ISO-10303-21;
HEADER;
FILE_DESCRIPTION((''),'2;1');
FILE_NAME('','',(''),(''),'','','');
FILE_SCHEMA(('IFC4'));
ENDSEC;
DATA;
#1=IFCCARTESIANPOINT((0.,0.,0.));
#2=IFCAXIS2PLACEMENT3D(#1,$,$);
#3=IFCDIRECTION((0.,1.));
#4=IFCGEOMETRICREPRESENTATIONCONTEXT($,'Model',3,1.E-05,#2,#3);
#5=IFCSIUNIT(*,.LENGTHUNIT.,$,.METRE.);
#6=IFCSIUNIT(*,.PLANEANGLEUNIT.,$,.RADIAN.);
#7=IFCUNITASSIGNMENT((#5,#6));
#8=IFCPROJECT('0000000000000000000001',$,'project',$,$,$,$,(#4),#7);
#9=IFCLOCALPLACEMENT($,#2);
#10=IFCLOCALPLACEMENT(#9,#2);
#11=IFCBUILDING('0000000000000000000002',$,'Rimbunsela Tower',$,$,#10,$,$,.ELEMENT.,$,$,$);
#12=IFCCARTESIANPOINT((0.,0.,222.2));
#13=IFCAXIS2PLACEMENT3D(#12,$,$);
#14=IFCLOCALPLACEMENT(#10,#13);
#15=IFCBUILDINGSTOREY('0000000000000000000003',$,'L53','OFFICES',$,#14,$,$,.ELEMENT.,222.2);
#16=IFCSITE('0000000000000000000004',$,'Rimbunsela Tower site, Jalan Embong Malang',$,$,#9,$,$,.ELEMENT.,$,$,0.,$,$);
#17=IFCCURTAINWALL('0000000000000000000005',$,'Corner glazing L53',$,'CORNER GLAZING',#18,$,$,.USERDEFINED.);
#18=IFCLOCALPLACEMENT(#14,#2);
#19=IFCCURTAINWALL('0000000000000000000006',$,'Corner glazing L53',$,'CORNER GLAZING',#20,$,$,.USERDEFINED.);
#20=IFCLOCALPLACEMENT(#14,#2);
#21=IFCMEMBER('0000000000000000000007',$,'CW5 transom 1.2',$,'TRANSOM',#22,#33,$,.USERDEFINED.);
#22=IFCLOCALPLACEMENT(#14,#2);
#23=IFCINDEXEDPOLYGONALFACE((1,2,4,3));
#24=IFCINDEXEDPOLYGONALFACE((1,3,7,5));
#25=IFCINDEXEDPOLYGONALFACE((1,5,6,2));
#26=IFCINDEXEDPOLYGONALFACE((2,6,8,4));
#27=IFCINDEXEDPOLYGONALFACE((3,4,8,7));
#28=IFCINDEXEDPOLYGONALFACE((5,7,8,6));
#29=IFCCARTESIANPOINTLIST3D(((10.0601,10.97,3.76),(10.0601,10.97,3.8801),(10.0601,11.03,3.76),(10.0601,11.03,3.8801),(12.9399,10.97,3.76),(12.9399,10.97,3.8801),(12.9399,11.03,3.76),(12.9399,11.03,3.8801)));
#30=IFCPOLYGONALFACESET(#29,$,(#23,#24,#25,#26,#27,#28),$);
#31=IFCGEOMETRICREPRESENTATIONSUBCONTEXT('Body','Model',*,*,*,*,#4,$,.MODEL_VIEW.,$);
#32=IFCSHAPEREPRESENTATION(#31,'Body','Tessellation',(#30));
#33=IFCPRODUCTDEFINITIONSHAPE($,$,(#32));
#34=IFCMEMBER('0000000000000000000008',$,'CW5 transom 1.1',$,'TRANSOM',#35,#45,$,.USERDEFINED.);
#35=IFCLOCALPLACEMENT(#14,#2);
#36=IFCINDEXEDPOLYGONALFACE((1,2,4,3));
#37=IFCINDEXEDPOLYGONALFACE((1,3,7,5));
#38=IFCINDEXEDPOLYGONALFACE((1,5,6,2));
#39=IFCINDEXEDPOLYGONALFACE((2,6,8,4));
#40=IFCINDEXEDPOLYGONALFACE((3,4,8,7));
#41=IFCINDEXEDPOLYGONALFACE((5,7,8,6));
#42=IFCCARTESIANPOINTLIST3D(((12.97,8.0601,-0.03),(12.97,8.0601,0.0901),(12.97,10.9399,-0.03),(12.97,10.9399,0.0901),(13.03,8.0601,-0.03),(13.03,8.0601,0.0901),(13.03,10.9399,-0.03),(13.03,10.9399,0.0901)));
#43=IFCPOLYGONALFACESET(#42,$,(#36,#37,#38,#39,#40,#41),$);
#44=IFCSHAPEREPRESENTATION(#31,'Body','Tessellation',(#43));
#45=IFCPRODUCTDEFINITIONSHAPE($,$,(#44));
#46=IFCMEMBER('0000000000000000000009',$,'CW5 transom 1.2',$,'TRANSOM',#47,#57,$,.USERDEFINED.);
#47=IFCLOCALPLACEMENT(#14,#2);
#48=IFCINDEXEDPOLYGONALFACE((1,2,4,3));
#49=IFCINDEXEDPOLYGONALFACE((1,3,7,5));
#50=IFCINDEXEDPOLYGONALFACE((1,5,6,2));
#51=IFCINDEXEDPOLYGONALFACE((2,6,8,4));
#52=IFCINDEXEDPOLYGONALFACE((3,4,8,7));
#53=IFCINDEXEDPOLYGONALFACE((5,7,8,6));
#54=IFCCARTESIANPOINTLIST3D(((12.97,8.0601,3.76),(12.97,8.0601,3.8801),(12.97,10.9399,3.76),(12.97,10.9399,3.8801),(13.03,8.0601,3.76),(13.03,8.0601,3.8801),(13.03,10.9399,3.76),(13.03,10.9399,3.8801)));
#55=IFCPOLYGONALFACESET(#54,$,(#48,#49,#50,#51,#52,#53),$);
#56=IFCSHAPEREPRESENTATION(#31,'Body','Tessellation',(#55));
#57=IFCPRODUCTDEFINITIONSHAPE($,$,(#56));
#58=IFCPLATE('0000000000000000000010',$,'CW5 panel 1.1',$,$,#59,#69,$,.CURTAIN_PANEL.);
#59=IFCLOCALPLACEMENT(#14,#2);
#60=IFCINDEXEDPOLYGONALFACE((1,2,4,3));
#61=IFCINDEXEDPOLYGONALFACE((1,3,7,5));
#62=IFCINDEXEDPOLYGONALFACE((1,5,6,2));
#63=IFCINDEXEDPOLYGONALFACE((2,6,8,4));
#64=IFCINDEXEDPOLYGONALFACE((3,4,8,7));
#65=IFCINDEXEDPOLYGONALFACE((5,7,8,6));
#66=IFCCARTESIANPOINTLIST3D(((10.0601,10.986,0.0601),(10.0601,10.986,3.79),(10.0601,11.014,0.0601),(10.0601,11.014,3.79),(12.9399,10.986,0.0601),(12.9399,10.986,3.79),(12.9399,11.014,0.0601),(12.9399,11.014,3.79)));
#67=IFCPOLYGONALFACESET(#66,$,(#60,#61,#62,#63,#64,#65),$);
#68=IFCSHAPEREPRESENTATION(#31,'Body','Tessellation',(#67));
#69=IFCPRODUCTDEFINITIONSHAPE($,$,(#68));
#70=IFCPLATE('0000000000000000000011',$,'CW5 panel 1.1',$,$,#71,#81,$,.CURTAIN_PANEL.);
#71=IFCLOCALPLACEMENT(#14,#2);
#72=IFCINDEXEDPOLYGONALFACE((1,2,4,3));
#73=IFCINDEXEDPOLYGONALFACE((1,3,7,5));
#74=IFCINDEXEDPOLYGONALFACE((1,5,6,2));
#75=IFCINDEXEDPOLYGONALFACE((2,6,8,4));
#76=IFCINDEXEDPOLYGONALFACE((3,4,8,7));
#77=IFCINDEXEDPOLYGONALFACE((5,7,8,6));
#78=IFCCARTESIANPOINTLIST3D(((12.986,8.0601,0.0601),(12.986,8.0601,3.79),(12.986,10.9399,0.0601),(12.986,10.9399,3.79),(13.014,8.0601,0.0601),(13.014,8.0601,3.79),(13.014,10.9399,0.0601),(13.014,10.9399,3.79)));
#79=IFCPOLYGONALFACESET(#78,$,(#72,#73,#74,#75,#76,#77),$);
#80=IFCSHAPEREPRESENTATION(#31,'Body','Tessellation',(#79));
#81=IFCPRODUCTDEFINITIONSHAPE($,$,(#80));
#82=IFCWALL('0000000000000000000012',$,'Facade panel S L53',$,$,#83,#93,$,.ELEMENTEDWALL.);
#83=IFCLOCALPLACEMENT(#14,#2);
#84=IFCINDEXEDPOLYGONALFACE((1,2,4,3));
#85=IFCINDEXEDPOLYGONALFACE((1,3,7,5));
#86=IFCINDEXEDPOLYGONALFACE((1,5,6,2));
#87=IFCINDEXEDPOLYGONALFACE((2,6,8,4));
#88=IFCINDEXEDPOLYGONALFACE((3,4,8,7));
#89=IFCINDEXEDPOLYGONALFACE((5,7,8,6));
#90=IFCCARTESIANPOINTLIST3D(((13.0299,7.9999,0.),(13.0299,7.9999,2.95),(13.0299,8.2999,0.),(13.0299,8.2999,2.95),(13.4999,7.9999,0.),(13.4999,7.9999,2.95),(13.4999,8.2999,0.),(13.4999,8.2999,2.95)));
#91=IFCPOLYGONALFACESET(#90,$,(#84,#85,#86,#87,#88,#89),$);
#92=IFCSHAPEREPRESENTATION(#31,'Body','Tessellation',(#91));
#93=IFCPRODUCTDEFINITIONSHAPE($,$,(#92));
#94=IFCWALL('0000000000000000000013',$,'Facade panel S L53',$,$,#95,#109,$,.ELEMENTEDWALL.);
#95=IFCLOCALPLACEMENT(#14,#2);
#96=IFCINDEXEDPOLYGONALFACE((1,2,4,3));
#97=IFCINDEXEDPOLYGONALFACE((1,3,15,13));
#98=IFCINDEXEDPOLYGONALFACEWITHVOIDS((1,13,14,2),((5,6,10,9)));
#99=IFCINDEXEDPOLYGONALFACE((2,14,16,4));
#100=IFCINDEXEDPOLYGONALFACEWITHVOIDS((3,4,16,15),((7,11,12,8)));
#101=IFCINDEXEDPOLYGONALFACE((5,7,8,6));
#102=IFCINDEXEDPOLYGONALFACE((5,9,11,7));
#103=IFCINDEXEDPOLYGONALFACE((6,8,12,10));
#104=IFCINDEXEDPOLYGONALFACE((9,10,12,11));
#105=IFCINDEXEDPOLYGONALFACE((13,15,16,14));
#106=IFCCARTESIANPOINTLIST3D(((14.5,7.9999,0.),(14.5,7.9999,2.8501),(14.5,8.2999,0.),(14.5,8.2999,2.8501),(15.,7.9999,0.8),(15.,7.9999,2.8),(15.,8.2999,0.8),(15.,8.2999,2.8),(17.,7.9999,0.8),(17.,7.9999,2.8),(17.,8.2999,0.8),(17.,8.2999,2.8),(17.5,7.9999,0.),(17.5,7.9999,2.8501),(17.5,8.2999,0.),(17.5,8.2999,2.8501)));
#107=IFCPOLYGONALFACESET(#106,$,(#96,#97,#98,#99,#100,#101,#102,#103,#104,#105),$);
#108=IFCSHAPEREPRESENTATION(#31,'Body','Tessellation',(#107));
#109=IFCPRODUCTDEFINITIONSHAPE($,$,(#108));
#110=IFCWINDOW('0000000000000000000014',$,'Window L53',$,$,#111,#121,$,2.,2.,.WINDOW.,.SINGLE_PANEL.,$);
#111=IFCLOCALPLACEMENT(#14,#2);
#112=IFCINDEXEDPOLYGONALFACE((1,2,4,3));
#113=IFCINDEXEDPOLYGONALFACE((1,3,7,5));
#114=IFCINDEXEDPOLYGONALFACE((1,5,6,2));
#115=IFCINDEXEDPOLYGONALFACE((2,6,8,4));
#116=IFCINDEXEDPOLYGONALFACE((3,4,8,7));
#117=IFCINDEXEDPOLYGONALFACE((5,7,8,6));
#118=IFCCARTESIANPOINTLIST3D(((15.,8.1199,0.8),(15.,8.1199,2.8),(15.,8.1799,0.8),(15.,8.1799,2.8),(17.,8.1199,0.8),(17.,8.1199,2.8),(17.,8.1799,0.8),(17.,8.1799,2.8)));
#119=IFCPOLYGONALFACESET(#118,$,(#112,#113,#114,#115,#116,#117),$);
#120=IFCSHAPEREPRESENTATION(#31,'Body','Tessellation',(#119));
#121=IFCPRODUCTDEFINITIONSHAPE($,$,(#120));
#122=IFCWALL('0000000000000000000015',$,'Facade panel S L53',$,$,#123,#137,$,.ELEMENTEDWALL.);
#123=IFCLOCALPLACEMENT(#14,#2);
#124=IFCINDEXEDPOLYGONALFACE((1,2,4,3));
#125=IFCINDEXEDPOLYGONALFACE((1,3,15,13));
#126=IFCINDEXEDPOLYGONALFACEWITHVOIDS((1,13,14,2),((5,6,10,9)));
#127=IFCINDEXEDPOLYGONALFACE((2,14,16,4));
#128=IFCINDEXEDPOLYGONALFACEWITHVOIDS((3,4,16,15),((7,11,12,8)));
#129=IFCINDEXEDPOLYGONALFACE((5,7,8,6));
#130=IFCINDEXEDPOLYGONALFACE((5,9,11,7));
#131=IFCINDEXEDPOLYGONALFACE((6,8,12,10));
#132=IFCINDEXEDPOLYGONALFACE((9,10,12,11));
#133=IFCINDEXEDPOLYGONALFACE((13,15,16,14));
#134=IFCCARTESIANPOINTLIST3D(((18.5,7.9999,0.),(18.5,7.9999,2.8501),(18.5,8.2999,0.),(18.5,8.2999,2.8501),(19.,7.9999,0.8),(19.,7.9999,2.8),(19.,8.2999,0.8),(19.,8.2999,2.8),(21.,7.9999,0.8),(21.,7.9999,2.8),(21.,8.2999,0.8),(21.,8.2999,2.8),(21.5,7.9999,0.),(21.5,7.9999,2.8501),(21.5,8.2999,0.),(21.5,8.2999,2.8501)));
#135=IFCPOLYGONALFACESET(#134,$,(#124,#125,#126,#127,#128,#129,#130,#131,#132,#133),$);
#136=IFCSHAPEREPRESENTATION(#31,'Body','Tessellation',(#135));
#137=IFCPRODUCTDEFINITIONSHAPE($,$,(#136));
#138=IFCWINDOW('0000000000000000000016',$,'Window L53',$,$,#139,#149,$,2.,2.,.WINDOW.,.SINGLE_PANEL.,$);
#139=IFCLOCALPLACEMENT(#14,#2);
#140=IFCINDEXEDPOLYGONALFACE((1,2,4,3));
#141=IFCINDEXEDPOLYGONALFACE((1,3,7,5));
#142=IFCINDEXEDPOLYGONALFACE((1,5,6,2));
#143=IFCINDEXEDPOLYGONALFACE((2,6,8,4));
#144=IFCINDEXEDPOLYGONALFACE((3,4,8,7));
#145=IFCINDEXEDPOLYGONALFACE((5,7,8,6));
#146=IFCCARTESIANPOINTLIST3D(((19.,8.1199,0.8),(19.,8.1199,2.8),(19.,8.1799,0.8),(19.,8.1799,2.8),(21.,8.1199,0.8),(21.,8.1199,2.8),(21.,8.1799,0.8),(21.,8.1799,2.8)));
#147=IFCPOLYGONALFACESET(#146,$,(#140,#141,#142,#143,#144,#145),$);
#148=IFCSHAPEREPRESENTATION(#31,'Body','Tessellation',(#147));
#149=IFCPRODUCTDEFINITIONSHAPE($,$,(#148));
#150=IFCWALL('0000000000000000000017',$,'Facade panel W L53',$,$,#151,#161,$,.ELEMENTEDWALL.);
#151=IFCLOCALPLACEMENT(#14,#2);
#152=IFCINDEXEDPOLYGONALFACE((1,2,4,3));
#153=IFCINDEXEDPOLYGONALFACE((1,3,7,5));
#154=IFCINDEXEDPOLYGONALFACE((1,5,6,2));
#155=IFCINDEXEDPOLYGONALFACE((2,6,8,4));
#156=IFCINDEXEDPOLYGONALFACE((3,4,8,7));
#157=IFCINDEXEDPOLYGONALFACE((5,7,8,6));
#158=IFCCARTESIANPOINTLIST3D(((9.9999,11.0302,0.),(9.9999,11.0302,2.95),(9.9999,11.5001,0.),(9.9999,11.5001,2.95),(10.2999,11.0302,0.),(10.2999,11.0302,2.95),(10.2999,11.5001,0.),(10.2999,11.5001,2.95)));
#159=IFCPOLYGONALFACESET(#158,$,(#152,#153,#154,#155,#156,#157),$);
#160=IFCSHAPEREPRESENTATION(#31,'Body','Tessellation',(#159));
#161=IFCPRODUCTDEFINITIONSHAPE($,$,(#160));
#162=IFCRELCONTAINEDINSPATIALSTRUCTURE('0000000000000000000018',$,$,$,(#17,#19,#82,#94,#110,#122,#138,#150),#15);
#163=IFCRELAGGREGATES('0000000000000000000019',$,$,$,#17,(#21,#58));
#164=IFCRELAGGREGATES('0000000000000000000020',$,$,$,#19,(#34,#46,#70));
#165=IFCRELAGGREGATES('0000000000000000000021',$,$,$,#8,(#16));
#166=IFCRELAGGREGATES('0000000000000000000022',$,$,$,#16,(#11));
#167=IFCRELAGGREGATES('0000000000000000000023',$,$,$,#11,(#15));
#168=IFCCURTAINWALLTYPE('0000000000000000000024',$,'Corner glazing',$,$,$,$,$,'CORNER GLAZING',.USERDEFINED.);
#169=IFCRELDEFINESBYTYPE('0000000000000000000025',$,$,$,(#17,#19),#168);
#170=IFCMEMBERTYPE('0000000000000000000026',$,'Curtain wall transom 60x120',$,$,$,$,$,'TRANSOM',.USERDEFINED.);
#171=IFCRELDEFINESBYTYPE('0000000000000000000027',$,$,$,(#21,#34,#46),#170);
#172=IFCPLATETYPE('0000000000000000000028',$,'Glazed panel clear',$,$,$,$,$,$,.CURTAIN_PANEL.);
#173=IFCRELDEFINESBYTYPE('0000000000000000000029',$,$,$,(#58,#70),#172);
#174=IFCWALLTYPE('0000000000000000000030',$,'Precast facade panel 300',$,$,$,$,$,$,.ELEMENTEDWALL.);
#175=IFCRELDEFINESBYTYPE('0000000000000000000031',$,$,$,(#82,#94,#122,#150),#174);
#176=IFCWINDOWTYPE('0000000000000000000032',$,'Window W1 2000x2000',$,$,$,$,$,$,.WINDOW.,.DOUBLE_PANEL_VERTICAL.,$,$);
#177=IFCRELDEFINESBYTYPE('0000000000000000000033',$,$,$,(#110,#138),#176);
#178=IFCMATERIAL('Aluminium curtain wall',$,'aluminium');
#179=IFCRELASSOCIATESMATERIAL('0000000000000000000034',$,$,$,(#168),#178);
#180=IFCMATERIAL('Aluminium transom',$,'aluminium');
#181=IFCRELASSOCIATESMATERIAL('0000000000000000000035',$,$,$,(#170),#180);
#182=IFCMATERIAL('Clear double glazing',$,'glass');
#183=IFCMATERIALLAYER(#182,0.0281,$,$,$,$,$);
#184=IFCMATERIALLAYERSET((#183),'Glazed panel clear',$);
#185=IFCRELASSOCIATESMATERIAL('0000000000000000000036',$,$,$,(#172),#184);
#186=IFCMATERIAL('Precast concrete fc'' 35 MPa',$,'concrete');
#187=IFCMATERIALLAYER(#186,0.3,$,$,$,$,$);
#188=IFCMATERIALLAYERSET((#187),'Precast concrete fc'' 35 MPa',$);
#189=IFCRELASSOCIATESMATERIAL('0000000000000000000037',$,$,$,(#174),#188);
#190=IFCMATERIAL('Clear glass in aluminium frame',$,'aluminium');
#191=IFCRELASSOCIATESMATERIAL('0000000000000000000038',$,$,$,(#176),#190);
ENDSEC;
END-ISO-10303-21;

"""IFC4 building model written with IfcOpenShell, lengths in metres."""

from ifc_helpers import new_model, si_unit, direction, frame, frame_2d, origin, origin_2d, place, context, subcontext, project, spatial, rectangle, extrude, material, layer, layer_set, material_profile, profile_set, type_object, element, fill, aggregate, save


model = new_model("IFC4")

# Units and contexts
model_context = context("Model", 3, precision=1e-05, world=origin(), true_north=direction((0.0, 1.0)))
body_context = subcontext(model_context, "Body", "Model", "MODEL_VIEW")
ifc_project = project(units=[si_unit("LENGTHUNIT", "METRE"), si_unit("PLANEANGLEUNIT", "RADIAN")], contexts=[model_context])

# Site, building, storey
site_placement = place(None, origin())
site = spatial("IfcSite", under=ifc_project, at=site_placement, Name="Rimbunsela Tower site, Jalan Embong Malang", CompositionType="ELEMENT", RefElevation=0.0)
building_placement = place(site_placement, origin())
building = spatial("IfcBuilding", under=site, at=building_placement, Name="Rimbunsela Tower", CompositionType="ELEMENT")
storey_placement = place(building_placement, frame((0.0, 0.0, 222.2)))
storey = spatial("IfcBuildingStorey", under=building, at=storey_placement, Name="L53", Description="OFFICES", CompositionType="ELEMENT", Elevation=222.2)

# Curtain walls
ifc_material_1 = material(Name="Aluminium curtain wall", Category="aluminium")
curtain_wall_type = type_object("IfcCurtainWallType", Name="Corner glazing", ElementType="CORNER GLAZING", PredefinedType="USERDEFINED", material=ifc_material_1)
curtain_wall_1_placement = place(storey_placement, origin())
curtain_wall_1 = element("IfcCurtainWall", 1, at=curtain_wall_1_placement, inside=storey, type_object=curtain_wall_type, Name="Corner glazing L53", ObjectType="CORNER GLAZING", PredefinedType="USERDEFINED")
curtain_wall_2_placement = place(storey_placement, origin())
curtain_wall_2 = element("IfcCurtainWall", 2, at=curtain_wall_2_placement, inside=storey, type_object=curtain_wall_type, Name="Corner glazing L53", ObjectType="CORNER GLAZING", PredefinedType="USERDEFINED")

# Members
ifc_material_2 = material(Name="Aluminium transom", Category="aluminium")
ifc_material_profile_1 = material_profile(ifc_material_2, rectangle(XDim=0.0601, YDim=0.1201, at=origin_2d()), Name="Transom 60x120")
ifc_profile_set_1 = profile_set([ifc_material_profile_1], Name="Aluminium transom")
member_type_1 = type_object("IfcMemberType", Name="Curtain wall transom 60x120", ElementType="TRANSOM", PredefinedType="USERDEFINED", material=ifc_profile_set_1)
member_1_placement = place(storey_placement, frame((10.0601, 11.0, 3.8201), z_axis=(1.0, 0.0, 0.0), x_axis=(0.0, 1.0, 0.0)))
member_1 = element("IfcMember", 3, at=member_1_placement, type_object=member_type_1, Name="CW5 transom 1.2", ObjectType="TRANSOM", PredefinedType="USERDEFINED", context=body_context, shape_type="SweptSolid", body=[
    extrude(rectangle(XDim=0.0601, YDim=0.1201, at=origin_2d()), origin(), (0.0, 0.0, 1.0), 2.8799),
])
member_2_placement = place(storey_placement, frame((13.0, 10.9399, 0.03), z_axis=(0.0, -1.0, 0.0), x_axis=(1.0, 0.0, 0.0)))
member_2 = element("IfcMember", 4, at=member_2_placement, type_object=member_type_1, Name="CW5 transom 1.1", ObjectType="TRANSOM", PredefinedType="USERDEFINED", context=body_context, shape_type="SweptSolid", body=[
    extrude(rectangle(XDim=0.0601, YDim=0.1201, at=origin_2d()), origin(), (0.0, 0.0, 1.0), 2.8799),
])
member_3_placement = place(storey_placement, frame((13.0, 10.9399, 3.8201), z_axis=(0.0, -1.0, 0.0), x_axis=(1.0, 0.0, 0.0)))
member_3 = element("IfcMember", 5, at=member_3_placement, type_object=member_type_1, Name="CW5 transom 1.2", ObjectType="TRANSOM", PredefinedType="USERDEFINED", context=body_context, shape_type="SweptSolid", body=[
    extrude(rectangle(XDim=0.0601, YDim=0.1201, at=origin_2d()), origin(), (0.0, 0.0, 1.0), 2.8799),
])

# Plates
ifc_material_3 = material(Name="Clear double glazing", Category="glass")
ifc_layer_1 = layer(ifc_material_3, 0.0281)
ifc_layer_set_1 = layer_set([ifc_layer_1], Name="Glazed panel clear")
plate_type = type_object("IfcPlateType", Name="Glazed panel clear", PredefinedType="CURTAIN_PANEL", material=ifc_layer_set_1)
plate_1_placement = place(storey_placement, frame((11.5, 11.0, 0.0601), z_axis=(0.0, 0.0, 1.0), x_axis=(1.0, 0.0, 0.0)))
plate_1 = element("IfcPlate", 6, at=plate_1_placement, type_object=plate_type, Name="CW5 panel 1.1", PredefinedType="CURTAIN_PANEL", context=body_context, shape_type="SweptSolid", body=[
    extrude(rectangle(XDim=2.8799, YDim=0.0281, at=origin_2d()), origin(), (0.0, 0.0, 1.0), 3.73),
])
aggregate(curtain_wall_1, [member_1, plate_1])
plate_2_placement = place(storey_placement, frame((13.0, 9.5, 0.0601), z_axis=(0.0, 0.0, 1.0), x_axis=(0.0, -1.0, 0.0)))
plate_2 = element("IfcPlate", 7, at=plate_2_placement, type_object=plate_type, Name="CW5 panel 1.1", PredefinedType="CURTAIN_PANEL", context=body_context, shape_type="SweptSolid", body=[
    extrude(rectangle(XDim=2.8799, YDim=0.0281, at=origin_2d()), origin(), (0.0, 0.0, 1.0), 3.73),
])
aggregate(curtain_wall_2, [member_2, member_3, plate_2])

# Wall
ifc_material_4 = material(Name="Precast concrete fc' 35 MPa", Category="concrete")
ifc_layer_2 = layer(ifc_material_4, 0.3)
ifc_layer_set_2 = layer_set([ifc_layer_2], Name="Precast concrete fc' 35 MPa")
wall_type = type_object("IfcWallType", Name="Precast facade panel 300", PredefinedType="ELEMENTEDWALL", material=ifc_layer_set_2)
wall_1_placement = place(storey_placement, frame((13.03, 8.1499, 0.0), z_axis=(0.0, 0.0, 1.0), x_axis=(1.0, 0.0, 0.0)))
element("IfcWall", 8, at=wall_1_placement, inside=storey, type_object=wall_type, Name="Facade panel S L53", PredefinedType="ELEMENTEDWALL", context=body_context, shape_type="SweptSolid", body=[
    extrude(rectangle(XDim=0.47, YDim=0.3, at=frame_2d((0.2349, 0.0))), origin(), (0.0, 0.0, 1.0), 2.95),
])

# Walls, openings, windows
wall_2_placement = place(storey_placement, frame((14.5, 8.1499, 0.0), z_axis=(0.0, 0.0, 1.0), x_axis=(1.0, 0.0, 0.0)))
wall_2 = element("IfcWall", 9, at=wall_2_placement, inside=storey, type_object=wall_type, Name="Facade panel S L53", PredefinedType="ELEMENTEDWALL", context=body_context, shape_type="SweptSolid", body=[
    extrude(rectangle(XDim=3.0, YDim=0.3, at=frame_2d((1.5, 0.0))), origin(), (0.0, 0.0, 1.0), 2.8501),
])
opening_1_placement = place(wall_2_placement, frame((0.5, 0.0, 0.8)))
opening_1 = element("IfcOpeningElement", 10, at=opening_1_placement, cuts=wall_2, PredefinedType="OPENING", context=body_context, shape_type="SweptSolid", body=[
    extrude(rectangle(XDim=2.0, YDim=2.0, at=frame_2d((1.0, 1.0))), frame((0.0, 0.1599, 0.0), z_axis=(0.0, -1.0, 0.0), x_axis=(1.0, 0.0, 0.0)), (0.0, 0.0, 1.0), 0.3201),
])
ifc_material_5 = material(Name="Clear glass in aluminium frame", Category="aluminium")
window_type = type_object("IfcWindowType", Name="Window W1 2000x2000", PartitioningType="DOUBLE_PANEL_VERTICAL", PredefinedType="WINDOW", material=ifc_material_5)
window_1_placement = place(opening_1_placement, origin())
window_1 = element("IfcWindow", 11, at=window_1_placement, inside=storey, type_object=window_type, Name="Window L53", OverallHeight=2.0, OverallWidth=2.0, PartitioningType="SINGLE_PANEL", PredefinedType="WINDOW", context=body_context, shape_type="SweptSolid", body=[
    extrude(rectangle(XDim=2.0, YDim=2.0, at=frame_2d((1.0, 1.0))), frame((0.0, 0.03, 0.0), z_axis=(0.0, -1.0, 0.0), x_axis=(1.0, 0.0, 0.0)), (0.0, 0.0, 1.0), 0.0601),
])
fill(opening_1, window_1)
wall_3_placement = place(storey_placement, frame((18.5, 8.1499, 0.0), z_axis=(0.0, 0.0, 1.0), x_axis=(1.0, 0.0, 0.0)))
wall_3 = element("IfcWall", 12, at=wall_3_placement, inside=storey, type_object=wall_type, Name="Facade panel S L53", PredefinedType="ELEMENTEDWALL", context=body_context, shape_type="SweptSolid", body=[
    extrude(rectangle(XDim=3.0, YDim=0.3, at=frame_2d((1.5, 0.0))), origin(), (0.0, 0.0, 1.0), 2.8501),
])
opening_2_placement = place(wall_3_placement, frame((0.5, 0.0, 0.8)))
opening_2 = element("IfcOpeningElement", 13, at=opening_2_placement, cuts=wall_3, PredefinedType="OPENING", context=body_context, shape_type="SweptSolid", body=[
    extrude(rectangle(XDim=2.0, YDim=2.0, at=frame_2d((1.0, 1.0))), frame((0.0, 0.1599, 0.0), z_axis=(0.0, -1.0, 0.0), x_axis=(1.0, 0.0, 0.0)), (0.0, 0.0, 1.0), 0.3201),
])
window_2_placement = place(opening_2_placement, origin())
window_2 = element("IfcWindow", 14, at=window_2_placement, inside=storey, type_object=window_type, Name="Window L53", OverallHeight=2.0, OverallWidth=2.0, PartitioningType="SINGLE_PANEL", PredefinedType="WINDOW", context=body_context, shape_type="SweptSolid", body=[
    extrude(rectangle(XDim=2.0, YDim=2.0, at=frame_2d((1.0, 1.0))), frame((0.0, 0.03, 0.0), z_axis=(0.0, -1.0, 0.0), x_axis=(1.0, 0.0, 0.0)), (0.0, 0.0, 1.0), 0.0601),
])
fill(opening_2, window_2)

# Wall
wall_4_placement = place(storey_placement, frame((10.1499, 11.5, 0.0), z_axis=(0.0, 0.0, 1.0), x_axis=(0.0, -1.0, 0.0)))
element("IfcWall", 15, at=wall_4_placement, inside=storey, type_object=wall_type, Name="Facade panel W L53", PredefinedType="ELEMENTEDWALL", context=body_context, shape_type="SweptSolid", body=[
    extrude(rectangle(XDim=0.47, YDim=0.3, at=frame_2d((0.2349, 0.0))), origin(), (0.0, 0.0, 1.0), 2.95),
])

save(model, "model.ifc")
